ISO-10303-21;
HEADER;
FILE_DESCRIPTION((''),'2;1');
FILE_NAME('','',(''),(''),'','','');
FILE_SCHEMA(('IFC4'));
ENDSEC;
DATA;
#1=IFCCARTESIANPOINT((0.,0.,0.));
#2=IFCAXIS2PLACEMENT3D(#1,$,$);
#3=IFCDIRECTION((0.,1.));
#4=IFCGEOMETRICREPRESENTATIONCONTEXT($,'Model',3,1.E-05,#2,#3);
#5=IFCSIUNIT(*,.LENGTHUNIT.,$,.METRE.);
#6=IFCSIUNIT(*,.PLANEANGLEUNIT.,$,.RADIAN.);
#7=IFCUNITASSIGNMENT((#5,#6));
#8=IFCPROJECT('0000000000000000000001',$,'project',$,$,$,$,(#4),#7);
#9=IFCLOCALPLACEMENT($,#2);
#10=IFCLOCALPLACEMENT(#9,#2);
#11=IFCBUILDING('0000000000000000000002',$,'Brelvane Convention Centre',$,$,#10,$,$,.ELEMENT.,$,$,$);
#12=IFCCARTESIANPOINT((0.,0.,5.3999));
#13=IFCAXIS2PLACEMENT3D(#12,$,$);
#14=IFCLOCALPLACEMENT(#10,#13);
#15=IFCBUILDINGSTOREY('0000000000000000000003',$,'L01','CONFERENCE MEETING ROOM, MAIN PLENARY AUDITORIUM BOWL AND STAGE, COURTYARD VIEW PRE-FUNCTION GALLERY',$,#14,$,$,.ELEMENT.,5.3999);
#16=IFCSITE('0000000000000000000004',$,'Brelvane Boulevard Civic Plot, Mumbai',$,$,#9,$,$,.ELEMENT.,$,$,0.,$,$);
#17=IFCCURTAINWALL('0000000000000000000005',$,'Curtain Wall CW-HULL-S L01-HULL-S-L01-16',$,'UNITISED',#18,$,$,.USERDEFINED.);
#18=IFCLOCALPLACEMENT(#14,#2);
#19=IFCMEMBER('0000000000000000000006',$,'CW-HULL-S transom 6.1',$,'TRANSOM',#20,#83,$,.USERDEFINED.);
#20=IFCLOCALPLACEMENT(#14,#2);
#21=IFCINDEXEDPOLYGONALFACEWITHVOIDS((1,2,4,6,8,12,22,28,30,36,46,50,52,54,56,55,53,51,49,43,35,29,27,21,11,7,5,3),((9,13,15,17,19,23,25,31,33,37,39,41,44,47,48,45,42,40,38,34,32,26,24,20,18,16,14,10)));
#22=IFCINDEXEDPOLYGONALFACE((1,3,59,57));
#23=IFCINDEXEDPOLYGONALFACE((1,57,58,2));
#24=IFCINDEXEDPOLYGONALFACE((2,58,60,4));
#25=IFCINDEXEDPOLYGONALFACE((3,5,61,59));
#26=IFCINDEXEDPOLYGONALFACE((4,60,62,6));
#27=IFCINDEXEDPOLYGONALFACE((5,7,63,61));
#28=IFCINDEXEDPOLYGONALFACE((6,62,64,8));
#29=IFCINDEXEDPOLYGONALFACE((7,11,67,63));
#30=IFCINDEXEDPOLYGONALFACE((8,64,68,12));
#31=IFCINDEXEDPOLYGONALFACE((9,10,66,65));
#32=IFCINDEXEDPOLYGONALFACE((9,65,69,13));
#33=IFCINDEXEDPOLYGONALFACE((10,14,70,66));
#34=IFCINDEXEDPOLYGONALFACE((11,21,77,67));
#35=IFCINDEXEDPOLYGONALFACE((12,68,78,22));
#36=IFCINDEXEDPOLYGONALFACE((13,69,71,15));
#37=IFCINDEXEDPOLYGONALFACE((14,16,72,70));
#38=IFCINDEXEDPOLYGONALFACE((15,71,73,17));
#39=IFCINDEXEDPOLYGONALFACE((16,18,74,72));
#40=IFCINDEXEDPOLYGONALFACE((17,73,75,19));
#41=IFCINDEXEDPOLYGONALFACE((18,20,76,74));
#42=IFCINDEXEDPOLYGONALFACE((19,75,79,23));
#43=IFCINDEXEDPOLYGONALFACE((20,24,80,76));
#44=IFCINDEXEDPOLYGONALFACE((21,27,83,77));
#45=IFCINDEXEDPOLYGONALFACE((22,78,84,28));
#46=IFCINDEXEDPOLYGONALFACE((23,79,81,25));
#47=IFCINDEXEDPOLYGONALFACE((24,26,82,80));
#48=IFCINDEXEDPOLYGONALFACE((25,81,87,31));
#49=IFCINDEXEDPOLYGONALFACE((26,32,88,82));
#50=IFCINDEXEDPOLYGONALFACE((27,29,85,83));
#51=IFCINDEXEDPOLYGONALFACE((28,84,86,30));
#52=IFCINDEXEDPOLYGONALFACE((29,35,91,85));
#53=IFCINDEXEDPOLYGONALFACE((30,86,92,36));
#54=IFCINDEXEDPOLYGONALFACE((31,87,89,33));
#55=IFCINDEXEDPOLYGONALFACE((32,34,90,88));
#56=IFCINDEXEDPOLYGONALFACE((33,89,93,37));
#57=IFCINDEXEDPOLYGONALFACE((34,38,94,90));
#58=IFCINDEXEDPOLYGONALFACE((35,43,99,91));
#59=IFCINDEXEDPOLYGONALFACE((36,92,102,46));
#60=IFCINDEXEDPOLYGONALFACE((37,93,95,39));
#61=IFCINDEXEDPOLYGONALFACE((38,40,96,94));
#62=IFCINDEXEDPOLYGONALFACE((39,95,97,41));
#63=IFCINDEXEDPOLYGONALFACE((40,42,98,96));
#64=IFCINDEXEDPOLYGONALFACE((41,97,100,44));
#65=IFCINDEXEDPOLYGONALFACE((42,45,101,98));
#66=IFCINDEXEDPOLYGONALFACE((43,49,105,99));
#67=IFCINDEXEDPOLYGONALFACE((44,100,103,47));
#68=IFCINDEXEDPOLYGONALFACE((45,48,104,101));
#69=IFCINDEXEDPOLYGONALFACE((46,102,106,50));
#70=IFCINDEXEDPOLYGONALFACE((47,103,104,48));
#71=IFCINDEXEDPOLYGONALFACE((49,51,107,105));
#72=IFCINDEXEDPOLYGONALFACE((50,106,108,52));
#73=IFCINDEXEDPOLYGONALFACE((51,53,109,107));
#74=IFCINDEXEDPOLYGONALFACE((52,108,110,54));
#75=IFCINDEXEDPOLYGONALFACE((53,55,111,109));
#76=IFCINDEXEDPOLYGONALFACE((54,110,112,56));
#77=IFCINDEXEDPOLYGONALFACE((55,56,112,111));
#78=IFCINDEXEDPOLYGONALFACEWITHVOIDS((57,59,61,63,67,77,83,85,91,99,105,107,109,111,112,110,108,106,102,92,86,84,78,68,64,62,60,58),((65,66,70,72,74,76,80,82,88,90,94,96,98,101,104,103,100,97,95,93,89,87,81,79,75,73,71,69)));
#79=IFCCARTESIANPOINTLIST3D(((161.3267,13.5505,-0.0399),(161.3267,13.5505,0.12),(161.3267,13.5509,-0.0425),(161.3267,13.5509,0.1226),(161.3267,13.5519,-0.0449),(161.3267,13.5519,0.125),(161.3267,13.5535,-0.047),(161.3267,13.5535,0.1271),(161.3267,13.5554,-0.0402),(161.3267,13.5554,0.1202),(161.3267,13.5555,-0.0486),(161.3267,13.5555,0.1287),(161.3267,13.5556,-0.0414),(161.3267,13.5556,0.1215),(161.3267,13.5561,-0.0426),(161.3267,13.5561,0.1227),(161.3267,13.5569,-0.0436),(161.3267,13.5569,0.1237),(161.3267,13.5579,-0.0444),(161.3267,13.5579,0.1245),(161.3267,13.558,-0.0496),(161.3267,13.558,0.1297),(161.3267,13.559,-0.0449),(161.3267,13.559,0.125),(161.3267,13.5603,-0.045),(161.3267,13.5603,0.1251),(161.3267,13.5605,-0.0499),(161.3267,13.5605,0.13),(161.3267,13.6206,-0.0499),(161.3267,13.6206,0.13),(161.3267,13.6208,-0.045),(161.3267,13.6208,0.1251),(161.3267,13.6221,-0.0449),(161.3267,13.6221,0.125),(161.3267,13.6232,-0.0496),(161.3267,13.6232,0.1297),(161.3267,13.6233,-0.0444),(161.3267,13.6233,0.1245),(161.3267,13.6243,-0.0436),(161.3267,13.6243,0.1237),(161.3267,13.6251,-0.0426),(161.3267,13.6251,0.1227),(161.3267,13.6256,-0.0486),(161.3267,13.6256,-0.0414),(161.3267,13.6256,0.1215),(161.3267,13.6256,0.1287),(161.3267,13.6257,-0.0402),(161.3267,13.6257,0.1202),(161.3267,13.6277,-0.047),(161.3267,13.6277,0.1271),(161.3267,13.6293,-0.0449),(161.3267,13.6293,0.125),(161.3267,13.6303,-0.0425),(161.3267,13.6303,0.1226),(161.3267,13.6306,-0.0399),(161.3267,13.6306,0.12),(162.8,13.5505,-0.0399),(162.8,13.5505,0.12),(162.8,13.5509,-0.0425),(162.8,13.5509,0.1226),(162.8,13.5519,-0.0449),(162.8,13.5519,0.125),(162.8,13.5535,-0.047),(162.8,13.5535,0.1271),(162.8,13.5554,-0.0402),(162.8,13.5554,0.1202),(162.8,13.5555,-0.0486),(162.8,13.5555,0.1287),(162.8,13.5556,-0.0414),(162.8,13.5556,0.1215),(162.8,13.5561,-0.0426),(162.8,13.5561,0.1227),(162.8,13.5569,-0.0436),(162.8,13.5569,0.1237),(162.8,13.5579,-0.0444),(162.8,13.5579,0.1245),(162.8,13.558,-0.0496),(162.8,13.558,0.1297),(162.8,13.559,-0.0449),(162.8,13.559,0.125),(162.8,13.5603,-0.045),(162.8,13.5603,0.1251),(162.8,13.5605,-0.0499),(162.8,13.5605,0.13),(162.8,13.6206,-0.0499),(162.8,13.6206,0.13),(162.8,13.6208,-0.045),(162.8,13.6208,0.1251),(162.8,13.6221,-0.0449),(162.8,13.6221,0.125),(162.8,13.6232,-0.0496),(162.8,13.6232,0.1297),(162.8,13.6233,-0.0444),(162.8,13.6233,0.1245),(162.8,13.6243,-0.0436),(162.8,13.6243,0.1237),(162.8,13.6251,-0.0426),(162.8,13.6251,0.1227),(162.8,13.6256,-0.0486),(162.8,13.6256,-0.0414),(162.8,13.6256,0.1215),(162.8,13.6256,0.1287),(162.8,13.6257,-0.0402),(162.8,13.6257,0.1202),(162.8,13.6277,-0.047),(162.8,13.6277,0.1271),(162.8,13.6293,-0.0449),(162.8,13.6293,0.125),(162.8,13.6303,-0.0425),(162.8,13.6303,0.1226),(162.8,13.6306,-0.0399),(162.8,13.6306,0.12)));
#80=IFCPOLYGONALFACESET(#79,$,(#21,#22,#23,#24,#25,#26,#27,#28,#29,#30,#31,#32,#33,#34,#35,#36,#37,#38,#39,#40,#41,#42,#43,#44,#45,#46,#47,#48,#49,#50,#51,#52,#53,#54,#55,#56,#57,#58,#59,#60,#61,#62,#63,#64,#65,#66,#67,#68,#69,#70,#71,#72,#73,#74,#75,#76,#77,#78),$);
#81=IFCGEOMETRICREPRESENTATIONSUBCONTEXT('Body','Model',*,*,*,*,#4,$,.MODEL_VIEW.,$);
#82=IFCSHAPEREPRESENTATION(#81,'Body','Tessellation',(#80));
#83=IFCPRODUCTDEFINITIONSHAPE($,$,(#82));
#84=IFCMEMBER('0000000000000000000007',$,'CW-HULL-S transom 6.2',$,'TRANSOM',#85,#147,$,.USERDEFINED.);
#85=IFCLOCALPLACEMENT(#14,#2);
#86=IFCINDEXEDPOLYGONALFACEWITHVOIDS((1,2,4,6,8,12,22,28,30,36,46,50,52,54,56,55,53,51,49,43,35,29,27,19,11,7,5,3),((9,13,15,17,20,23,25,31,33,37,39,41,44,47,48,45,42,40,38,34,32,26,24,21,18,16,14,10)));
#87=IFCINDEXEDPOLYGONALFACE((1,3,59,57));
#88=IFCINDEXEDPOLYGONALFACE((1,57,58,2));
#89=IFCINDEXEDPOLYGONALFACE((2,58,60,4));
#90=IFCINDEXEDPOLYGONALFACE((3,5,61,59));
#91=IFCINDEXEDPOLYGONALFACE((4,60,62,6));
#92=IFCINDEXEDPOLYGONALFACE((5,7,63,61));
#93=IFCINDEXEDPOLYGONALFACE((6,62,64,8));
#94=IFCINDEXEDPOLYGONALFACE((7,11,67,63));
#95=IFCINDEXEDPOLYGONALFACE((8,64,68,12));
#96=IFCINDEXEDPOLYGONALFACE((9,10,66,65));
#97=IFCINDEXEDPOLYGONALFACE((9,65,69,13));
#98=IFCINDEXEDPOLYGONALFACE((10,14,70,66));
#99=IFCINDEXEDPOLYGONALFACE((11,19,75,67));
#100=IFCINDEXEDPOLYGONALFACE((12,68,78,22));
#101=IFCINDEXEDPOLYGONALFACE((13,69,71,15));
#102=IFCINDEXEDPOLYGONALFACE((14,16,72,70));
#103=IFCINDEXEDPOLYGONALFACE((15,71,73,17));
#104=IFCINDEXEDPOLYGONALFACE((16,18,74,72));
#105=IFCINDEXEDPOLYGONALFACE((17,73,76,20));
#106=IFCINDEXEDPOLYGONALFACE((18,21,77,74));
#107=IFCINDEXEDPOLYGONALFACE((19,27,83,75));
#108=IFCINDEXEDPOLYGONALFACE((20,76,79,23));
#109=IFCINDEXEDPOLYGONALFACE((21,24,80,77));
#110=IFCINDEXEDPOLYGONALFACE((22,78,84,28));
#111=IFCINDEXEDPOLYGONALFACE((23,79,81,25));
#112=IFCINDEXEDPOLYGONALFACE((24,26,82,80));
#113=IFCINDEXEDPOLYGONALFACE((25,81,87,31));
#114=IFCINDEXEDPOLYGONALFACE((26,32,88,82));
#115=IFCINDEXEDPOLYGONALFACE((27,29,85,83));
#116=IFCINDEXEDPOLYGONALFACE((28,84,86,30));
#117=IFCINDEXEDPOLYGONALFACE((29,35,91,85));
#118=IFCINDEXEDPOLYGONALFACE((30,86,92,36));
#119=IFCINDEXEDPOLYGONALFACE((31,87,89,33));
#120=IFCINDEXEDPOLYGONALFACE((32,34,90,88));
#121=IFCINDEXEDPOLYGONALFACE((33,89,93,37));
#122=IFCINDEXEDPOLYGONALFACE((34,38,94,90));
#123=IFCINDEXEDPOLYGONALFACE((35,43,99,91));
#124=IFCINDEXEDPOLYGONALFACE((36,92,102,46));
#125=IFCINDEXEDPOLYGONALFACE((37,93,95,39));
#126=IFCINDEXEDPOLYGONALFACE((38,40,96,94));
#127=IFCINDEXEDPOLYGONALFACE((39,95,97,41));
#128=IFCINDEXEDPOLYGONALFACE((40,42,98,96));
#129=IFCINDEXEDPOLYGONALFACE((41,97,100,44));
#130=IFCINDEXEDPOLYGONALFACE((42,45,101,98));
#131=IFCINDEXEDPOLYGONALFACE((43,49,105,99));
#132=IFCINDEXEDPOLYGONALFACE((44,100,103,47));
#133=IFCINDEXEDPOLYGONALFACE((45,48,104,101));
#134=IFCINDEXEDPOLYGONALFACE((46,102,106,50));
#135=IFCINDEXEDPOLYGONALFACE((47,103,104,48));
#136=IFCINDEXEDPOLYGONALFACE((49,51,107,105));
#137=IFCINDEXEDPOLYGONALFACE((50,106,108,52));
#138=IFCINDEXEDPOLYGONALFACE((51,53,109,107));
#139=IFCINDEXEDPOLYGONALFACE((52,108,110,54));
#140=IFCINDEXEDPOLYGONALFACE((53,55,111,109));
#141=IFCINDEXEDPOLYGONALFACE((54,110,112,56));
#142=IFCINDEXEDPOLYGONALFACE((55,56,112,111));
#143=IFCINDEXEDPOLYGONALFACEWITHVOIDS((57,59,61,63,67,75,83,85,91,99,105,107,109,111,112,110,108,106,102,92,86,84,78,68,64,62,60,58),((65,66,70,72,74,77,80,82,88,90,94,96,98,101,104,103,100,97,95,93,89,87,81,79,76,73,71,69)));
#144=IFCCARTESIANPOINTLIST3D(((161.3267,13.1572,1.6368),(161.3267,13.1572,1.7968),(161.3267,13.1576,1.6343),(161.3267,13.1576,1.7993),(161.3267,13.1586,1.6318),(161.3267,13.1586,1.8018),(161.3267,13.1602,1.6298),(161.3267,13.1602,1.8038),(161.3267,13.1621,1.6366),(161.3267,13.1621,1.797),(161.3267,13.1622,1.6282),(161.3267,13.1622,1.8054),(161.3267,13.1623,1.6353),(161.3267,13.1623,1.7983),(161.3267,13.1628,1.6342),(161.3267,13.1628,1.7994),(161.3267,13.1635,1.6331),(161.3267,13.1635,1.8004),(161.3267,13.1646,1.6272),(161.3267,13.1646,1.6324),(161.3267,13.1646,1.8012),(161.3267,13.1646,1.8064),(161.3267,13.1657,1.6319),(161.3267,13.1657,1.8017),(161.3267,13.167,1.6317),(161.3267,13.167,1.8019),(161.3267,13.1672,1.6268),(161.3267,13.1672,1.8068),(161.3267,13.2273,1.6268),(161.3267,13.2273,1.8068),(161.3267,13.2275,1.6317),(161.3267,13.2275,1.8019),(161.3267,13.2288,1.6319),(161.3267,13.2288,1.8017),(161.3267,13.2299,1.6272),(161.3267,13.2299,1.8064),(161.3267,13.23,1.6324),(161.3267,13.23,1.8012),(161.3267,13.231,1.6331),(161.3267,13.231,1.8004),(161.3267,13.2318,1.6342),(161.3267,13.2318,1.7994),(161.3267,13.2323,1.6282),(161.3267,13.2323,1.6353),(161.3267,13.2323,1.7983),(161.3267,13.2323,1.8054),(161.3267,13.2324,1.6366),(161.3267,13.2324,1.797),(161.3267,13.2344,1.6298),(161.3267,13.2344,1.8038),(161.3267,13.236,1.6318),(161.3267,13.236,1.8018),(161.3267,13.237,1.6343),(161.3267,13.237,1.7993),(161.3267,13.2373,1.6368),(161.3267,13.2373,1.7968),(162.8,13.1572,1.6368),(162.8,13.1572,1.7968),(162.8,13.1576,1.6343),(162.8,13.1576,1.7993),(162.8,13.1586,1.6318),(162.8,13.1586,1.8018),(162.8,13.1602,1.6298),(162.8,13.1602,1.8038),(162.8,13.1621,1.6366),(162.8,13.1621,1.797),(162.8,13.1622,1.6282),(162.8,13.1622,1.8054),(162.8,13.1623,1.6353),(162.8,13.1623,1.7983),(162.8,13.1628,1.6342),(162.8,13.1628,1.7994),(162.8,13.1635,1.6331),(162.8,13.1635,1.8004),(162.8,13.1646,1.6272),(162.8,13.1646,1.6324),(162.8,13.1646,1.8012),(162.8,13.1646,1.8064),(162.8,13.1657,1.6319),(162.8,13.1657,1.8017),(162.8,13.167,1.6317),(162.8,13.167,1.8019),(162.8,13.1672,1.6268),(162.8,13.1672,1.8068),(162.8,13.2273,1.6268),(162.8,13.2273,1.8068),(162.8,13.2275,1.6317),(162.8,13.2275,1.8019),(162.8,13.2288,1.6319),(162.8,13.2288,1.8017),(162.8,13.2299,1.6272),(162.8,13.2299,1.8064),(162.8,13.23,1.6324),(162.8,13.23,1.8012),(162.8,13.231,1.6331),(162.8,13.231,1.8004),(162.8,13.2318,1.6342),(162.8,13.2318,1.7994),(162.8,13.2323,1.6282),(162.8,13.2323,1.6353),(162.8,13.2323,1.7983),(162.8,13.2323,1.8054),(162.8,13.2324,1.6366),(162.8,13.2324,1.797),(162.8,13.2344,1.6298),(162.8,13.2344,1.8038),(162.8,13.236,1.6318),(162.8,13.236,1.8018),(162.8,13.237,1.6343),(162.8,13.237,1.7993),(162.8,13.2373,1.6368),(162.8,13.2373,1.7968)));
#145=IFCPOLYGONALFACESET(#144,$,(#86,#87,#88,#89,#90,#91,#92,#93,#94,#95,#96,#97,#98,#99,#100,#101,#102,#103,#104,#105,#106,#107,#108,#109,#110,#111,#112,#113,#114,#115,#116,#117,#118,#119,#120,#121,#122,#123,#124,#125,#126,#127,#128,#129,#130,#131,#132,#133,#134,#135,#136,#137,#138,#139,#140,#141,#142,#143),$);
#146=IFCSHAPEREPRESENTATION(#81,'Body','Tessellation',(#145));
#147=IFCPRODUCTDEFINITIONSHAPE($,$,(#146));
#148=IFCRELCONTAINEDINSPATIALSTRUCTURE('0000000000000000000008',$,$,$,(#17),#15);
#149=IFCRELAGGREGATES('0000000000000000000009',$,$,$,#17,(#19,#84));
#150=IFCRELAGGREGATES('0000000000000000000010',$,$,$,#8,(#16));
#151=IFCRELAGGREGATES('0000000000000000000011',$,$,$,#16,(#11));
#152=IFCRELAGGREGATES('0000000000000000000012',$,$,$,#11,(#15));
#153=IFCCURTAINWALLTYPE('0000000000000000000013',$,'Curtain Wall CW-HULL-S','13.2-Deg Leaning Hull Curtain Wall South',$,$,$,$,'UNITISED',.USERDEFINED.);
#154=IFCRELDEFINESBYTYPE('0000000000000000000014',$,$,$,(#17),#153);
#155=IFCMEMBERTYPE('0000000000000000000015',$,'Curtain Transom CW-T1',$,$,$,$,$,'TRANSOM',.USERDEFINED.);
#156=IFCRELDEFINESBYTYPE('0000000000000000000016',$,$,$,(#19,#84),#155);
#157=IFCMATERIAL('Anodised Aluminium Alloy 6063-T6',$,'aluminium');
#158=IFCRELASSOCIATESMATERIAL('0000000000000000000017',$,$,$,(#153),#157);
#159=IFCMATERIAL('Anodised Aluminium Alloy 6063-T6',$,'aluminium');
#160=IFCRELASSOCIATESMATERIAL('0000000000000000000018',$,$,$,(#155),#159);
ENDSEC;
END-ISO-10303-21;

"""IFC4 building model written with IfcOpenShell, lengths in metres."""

from ifc_helpers import new_model, si_unit, direction, frame, origin, origin_2d, place, context, subcontext, project, spatial, hollow_rectangle, extrude, material, material_profile, profile_set, type_object, element, aggregate, save


model = new_model("IFC4")

# Units and contexts
model_context = context("Model", 3, precision=1e-05, world=origin(), true_north=direction((0.0, 1.0)))
body_context = subcontext(model_context, "Body", "Model", "MODEL_VIEW")
ifc_project = project(units=[si_unit("LENGTHUNIT", "METRE"), si_unit("PLANEANGLEUNIT", "RADIAN")], contexts=[model_context])

# Site, building, storey
site_placement = place(None, origin())
site = spatial("IfcSite", under=ifc_project, at=site_placement, Name="Brelvane Boulevard Civic Plot, Mumbai", CompositionType="ELEMENT", RefElevation=0.0)
building_placement = place(site_placement, origin())
building = spatial("IfcBuilding", under=site, at=building_placement, Name="Brelvane Convention Centre", CompositionType="ELEMENT")
storey_placement = place(building_placement, frame((0.0, 0.0, 5.3999)))
storey = spatial("IfcBuildingStorey", under=building, at=storey_placement, Name="L01", Description="CONFERENCE MEETING ROOM, MAIN PLENARY AUDITORIUM BOWL AND STAGE, COURTYARD VIEW PRE-FUNCTION GALLERY", CompositionType="ELEMENT", Elevation=5.3999)

# Curtain wall, members
ifc_material_1 = material(Name="Anodised Aluminium Alloy 6063-T6", Category="aluminium")
curtain_wall_type = type_object("IfcCurtainWallType", Name="Curtain Wall CW-HULL-S", Description="13.2-Deg Leaning Hull Curtain Wall South", ElementType="UNITISED", PredefinedType="USERDEFINED", material=ifc_material_1)
curtain_wall_1_placement = place(storey_placement, origin())
curtain_wall_1 = element("IfcCurtainWall", 1, at=curtain_wall_1_placement, inside=storey, type_object=curtain_wall_type, Name="Curtain Wall CW-HULL-S L01-HULL-S-L01-16", ObjectType="UNITISED", PredefinedType="USERDEFINED")
ifc_material_2 = material(Name="Anodised Aluminium Alloy 6063-T6", Category="aluminium")
ifc_material_profile = material_profile(ifc_material_2, hollow_rectangle(XDim=0.0801, YDim=0.1799, WallThickness=0.0049, InnerFilletRadius=0.0049, OuterFilletRadius=0.01, at=origin_2d()), Name="ALU-T 180x80x5.0")
ifc_profile_set = profile_set([ifc_material_profile], Name="Anodised Aluminium Alloy 6063-T6")
member_type = type_object("IfcMemberType", Name="Curtain Transom CW-T1", ElementType="TRANSOM", PredefinedType="USERDEFINED", material=ifc_profile_set)
member_1_placement = place(storey_placement, frame((161.3267, 13.5906, 0.04), z_axis=(1.0, 0.0, 0.0), x_axis=(0.0, 1.0, 0.0)))
member_1 = element("IfcMember", 2, at=member_1_placement, type_object=member_type, Name="CW-HULL-S transom 6.1", ObjectType="TRANSOM", PredefinedType="USERDEFINED", context=body_context, shape_type="SweptSolid", body=[
    extrude(hollow_rectangle(XDim=0.0801, YDim=0.1799, WallThickness=0.0049, InnerFilletRadius=0.0049, OuterFilletRadius=0.01, at=origin_2d()), origin(), (0.0, 0.0, 1.0), 1.4734),
])
member_2_placement = place(storey_placement, frame((161.3267, 13.1973, 1.7168), z_axis=(1.0, 0.0, 0.0), x_axis=(0.0, 1.0, 0.0)))
member_2 = element("IfcMember", 3, at=member_2_placement, type_object=member_type, Name="CW-HULL-S transom 6.2", ObjectType="TRANSOM", PredefinedType="USERDEFINED", context=body_context, shape_type="SweptSolid", body=[
    extrude(hollow_rectangle(XDim=0.0801, YDim=0.1799, WallThickness=0.0049, InnerFilletRadius=0.0049, OuterFilletRadius=0.01, at=origin_2d()), origin(), (0.0, 0.0, 1.0), 1.4734),
])

aggregate(curtain_wall_1, [member_1, member_2])

save(model, "model.ifc")
